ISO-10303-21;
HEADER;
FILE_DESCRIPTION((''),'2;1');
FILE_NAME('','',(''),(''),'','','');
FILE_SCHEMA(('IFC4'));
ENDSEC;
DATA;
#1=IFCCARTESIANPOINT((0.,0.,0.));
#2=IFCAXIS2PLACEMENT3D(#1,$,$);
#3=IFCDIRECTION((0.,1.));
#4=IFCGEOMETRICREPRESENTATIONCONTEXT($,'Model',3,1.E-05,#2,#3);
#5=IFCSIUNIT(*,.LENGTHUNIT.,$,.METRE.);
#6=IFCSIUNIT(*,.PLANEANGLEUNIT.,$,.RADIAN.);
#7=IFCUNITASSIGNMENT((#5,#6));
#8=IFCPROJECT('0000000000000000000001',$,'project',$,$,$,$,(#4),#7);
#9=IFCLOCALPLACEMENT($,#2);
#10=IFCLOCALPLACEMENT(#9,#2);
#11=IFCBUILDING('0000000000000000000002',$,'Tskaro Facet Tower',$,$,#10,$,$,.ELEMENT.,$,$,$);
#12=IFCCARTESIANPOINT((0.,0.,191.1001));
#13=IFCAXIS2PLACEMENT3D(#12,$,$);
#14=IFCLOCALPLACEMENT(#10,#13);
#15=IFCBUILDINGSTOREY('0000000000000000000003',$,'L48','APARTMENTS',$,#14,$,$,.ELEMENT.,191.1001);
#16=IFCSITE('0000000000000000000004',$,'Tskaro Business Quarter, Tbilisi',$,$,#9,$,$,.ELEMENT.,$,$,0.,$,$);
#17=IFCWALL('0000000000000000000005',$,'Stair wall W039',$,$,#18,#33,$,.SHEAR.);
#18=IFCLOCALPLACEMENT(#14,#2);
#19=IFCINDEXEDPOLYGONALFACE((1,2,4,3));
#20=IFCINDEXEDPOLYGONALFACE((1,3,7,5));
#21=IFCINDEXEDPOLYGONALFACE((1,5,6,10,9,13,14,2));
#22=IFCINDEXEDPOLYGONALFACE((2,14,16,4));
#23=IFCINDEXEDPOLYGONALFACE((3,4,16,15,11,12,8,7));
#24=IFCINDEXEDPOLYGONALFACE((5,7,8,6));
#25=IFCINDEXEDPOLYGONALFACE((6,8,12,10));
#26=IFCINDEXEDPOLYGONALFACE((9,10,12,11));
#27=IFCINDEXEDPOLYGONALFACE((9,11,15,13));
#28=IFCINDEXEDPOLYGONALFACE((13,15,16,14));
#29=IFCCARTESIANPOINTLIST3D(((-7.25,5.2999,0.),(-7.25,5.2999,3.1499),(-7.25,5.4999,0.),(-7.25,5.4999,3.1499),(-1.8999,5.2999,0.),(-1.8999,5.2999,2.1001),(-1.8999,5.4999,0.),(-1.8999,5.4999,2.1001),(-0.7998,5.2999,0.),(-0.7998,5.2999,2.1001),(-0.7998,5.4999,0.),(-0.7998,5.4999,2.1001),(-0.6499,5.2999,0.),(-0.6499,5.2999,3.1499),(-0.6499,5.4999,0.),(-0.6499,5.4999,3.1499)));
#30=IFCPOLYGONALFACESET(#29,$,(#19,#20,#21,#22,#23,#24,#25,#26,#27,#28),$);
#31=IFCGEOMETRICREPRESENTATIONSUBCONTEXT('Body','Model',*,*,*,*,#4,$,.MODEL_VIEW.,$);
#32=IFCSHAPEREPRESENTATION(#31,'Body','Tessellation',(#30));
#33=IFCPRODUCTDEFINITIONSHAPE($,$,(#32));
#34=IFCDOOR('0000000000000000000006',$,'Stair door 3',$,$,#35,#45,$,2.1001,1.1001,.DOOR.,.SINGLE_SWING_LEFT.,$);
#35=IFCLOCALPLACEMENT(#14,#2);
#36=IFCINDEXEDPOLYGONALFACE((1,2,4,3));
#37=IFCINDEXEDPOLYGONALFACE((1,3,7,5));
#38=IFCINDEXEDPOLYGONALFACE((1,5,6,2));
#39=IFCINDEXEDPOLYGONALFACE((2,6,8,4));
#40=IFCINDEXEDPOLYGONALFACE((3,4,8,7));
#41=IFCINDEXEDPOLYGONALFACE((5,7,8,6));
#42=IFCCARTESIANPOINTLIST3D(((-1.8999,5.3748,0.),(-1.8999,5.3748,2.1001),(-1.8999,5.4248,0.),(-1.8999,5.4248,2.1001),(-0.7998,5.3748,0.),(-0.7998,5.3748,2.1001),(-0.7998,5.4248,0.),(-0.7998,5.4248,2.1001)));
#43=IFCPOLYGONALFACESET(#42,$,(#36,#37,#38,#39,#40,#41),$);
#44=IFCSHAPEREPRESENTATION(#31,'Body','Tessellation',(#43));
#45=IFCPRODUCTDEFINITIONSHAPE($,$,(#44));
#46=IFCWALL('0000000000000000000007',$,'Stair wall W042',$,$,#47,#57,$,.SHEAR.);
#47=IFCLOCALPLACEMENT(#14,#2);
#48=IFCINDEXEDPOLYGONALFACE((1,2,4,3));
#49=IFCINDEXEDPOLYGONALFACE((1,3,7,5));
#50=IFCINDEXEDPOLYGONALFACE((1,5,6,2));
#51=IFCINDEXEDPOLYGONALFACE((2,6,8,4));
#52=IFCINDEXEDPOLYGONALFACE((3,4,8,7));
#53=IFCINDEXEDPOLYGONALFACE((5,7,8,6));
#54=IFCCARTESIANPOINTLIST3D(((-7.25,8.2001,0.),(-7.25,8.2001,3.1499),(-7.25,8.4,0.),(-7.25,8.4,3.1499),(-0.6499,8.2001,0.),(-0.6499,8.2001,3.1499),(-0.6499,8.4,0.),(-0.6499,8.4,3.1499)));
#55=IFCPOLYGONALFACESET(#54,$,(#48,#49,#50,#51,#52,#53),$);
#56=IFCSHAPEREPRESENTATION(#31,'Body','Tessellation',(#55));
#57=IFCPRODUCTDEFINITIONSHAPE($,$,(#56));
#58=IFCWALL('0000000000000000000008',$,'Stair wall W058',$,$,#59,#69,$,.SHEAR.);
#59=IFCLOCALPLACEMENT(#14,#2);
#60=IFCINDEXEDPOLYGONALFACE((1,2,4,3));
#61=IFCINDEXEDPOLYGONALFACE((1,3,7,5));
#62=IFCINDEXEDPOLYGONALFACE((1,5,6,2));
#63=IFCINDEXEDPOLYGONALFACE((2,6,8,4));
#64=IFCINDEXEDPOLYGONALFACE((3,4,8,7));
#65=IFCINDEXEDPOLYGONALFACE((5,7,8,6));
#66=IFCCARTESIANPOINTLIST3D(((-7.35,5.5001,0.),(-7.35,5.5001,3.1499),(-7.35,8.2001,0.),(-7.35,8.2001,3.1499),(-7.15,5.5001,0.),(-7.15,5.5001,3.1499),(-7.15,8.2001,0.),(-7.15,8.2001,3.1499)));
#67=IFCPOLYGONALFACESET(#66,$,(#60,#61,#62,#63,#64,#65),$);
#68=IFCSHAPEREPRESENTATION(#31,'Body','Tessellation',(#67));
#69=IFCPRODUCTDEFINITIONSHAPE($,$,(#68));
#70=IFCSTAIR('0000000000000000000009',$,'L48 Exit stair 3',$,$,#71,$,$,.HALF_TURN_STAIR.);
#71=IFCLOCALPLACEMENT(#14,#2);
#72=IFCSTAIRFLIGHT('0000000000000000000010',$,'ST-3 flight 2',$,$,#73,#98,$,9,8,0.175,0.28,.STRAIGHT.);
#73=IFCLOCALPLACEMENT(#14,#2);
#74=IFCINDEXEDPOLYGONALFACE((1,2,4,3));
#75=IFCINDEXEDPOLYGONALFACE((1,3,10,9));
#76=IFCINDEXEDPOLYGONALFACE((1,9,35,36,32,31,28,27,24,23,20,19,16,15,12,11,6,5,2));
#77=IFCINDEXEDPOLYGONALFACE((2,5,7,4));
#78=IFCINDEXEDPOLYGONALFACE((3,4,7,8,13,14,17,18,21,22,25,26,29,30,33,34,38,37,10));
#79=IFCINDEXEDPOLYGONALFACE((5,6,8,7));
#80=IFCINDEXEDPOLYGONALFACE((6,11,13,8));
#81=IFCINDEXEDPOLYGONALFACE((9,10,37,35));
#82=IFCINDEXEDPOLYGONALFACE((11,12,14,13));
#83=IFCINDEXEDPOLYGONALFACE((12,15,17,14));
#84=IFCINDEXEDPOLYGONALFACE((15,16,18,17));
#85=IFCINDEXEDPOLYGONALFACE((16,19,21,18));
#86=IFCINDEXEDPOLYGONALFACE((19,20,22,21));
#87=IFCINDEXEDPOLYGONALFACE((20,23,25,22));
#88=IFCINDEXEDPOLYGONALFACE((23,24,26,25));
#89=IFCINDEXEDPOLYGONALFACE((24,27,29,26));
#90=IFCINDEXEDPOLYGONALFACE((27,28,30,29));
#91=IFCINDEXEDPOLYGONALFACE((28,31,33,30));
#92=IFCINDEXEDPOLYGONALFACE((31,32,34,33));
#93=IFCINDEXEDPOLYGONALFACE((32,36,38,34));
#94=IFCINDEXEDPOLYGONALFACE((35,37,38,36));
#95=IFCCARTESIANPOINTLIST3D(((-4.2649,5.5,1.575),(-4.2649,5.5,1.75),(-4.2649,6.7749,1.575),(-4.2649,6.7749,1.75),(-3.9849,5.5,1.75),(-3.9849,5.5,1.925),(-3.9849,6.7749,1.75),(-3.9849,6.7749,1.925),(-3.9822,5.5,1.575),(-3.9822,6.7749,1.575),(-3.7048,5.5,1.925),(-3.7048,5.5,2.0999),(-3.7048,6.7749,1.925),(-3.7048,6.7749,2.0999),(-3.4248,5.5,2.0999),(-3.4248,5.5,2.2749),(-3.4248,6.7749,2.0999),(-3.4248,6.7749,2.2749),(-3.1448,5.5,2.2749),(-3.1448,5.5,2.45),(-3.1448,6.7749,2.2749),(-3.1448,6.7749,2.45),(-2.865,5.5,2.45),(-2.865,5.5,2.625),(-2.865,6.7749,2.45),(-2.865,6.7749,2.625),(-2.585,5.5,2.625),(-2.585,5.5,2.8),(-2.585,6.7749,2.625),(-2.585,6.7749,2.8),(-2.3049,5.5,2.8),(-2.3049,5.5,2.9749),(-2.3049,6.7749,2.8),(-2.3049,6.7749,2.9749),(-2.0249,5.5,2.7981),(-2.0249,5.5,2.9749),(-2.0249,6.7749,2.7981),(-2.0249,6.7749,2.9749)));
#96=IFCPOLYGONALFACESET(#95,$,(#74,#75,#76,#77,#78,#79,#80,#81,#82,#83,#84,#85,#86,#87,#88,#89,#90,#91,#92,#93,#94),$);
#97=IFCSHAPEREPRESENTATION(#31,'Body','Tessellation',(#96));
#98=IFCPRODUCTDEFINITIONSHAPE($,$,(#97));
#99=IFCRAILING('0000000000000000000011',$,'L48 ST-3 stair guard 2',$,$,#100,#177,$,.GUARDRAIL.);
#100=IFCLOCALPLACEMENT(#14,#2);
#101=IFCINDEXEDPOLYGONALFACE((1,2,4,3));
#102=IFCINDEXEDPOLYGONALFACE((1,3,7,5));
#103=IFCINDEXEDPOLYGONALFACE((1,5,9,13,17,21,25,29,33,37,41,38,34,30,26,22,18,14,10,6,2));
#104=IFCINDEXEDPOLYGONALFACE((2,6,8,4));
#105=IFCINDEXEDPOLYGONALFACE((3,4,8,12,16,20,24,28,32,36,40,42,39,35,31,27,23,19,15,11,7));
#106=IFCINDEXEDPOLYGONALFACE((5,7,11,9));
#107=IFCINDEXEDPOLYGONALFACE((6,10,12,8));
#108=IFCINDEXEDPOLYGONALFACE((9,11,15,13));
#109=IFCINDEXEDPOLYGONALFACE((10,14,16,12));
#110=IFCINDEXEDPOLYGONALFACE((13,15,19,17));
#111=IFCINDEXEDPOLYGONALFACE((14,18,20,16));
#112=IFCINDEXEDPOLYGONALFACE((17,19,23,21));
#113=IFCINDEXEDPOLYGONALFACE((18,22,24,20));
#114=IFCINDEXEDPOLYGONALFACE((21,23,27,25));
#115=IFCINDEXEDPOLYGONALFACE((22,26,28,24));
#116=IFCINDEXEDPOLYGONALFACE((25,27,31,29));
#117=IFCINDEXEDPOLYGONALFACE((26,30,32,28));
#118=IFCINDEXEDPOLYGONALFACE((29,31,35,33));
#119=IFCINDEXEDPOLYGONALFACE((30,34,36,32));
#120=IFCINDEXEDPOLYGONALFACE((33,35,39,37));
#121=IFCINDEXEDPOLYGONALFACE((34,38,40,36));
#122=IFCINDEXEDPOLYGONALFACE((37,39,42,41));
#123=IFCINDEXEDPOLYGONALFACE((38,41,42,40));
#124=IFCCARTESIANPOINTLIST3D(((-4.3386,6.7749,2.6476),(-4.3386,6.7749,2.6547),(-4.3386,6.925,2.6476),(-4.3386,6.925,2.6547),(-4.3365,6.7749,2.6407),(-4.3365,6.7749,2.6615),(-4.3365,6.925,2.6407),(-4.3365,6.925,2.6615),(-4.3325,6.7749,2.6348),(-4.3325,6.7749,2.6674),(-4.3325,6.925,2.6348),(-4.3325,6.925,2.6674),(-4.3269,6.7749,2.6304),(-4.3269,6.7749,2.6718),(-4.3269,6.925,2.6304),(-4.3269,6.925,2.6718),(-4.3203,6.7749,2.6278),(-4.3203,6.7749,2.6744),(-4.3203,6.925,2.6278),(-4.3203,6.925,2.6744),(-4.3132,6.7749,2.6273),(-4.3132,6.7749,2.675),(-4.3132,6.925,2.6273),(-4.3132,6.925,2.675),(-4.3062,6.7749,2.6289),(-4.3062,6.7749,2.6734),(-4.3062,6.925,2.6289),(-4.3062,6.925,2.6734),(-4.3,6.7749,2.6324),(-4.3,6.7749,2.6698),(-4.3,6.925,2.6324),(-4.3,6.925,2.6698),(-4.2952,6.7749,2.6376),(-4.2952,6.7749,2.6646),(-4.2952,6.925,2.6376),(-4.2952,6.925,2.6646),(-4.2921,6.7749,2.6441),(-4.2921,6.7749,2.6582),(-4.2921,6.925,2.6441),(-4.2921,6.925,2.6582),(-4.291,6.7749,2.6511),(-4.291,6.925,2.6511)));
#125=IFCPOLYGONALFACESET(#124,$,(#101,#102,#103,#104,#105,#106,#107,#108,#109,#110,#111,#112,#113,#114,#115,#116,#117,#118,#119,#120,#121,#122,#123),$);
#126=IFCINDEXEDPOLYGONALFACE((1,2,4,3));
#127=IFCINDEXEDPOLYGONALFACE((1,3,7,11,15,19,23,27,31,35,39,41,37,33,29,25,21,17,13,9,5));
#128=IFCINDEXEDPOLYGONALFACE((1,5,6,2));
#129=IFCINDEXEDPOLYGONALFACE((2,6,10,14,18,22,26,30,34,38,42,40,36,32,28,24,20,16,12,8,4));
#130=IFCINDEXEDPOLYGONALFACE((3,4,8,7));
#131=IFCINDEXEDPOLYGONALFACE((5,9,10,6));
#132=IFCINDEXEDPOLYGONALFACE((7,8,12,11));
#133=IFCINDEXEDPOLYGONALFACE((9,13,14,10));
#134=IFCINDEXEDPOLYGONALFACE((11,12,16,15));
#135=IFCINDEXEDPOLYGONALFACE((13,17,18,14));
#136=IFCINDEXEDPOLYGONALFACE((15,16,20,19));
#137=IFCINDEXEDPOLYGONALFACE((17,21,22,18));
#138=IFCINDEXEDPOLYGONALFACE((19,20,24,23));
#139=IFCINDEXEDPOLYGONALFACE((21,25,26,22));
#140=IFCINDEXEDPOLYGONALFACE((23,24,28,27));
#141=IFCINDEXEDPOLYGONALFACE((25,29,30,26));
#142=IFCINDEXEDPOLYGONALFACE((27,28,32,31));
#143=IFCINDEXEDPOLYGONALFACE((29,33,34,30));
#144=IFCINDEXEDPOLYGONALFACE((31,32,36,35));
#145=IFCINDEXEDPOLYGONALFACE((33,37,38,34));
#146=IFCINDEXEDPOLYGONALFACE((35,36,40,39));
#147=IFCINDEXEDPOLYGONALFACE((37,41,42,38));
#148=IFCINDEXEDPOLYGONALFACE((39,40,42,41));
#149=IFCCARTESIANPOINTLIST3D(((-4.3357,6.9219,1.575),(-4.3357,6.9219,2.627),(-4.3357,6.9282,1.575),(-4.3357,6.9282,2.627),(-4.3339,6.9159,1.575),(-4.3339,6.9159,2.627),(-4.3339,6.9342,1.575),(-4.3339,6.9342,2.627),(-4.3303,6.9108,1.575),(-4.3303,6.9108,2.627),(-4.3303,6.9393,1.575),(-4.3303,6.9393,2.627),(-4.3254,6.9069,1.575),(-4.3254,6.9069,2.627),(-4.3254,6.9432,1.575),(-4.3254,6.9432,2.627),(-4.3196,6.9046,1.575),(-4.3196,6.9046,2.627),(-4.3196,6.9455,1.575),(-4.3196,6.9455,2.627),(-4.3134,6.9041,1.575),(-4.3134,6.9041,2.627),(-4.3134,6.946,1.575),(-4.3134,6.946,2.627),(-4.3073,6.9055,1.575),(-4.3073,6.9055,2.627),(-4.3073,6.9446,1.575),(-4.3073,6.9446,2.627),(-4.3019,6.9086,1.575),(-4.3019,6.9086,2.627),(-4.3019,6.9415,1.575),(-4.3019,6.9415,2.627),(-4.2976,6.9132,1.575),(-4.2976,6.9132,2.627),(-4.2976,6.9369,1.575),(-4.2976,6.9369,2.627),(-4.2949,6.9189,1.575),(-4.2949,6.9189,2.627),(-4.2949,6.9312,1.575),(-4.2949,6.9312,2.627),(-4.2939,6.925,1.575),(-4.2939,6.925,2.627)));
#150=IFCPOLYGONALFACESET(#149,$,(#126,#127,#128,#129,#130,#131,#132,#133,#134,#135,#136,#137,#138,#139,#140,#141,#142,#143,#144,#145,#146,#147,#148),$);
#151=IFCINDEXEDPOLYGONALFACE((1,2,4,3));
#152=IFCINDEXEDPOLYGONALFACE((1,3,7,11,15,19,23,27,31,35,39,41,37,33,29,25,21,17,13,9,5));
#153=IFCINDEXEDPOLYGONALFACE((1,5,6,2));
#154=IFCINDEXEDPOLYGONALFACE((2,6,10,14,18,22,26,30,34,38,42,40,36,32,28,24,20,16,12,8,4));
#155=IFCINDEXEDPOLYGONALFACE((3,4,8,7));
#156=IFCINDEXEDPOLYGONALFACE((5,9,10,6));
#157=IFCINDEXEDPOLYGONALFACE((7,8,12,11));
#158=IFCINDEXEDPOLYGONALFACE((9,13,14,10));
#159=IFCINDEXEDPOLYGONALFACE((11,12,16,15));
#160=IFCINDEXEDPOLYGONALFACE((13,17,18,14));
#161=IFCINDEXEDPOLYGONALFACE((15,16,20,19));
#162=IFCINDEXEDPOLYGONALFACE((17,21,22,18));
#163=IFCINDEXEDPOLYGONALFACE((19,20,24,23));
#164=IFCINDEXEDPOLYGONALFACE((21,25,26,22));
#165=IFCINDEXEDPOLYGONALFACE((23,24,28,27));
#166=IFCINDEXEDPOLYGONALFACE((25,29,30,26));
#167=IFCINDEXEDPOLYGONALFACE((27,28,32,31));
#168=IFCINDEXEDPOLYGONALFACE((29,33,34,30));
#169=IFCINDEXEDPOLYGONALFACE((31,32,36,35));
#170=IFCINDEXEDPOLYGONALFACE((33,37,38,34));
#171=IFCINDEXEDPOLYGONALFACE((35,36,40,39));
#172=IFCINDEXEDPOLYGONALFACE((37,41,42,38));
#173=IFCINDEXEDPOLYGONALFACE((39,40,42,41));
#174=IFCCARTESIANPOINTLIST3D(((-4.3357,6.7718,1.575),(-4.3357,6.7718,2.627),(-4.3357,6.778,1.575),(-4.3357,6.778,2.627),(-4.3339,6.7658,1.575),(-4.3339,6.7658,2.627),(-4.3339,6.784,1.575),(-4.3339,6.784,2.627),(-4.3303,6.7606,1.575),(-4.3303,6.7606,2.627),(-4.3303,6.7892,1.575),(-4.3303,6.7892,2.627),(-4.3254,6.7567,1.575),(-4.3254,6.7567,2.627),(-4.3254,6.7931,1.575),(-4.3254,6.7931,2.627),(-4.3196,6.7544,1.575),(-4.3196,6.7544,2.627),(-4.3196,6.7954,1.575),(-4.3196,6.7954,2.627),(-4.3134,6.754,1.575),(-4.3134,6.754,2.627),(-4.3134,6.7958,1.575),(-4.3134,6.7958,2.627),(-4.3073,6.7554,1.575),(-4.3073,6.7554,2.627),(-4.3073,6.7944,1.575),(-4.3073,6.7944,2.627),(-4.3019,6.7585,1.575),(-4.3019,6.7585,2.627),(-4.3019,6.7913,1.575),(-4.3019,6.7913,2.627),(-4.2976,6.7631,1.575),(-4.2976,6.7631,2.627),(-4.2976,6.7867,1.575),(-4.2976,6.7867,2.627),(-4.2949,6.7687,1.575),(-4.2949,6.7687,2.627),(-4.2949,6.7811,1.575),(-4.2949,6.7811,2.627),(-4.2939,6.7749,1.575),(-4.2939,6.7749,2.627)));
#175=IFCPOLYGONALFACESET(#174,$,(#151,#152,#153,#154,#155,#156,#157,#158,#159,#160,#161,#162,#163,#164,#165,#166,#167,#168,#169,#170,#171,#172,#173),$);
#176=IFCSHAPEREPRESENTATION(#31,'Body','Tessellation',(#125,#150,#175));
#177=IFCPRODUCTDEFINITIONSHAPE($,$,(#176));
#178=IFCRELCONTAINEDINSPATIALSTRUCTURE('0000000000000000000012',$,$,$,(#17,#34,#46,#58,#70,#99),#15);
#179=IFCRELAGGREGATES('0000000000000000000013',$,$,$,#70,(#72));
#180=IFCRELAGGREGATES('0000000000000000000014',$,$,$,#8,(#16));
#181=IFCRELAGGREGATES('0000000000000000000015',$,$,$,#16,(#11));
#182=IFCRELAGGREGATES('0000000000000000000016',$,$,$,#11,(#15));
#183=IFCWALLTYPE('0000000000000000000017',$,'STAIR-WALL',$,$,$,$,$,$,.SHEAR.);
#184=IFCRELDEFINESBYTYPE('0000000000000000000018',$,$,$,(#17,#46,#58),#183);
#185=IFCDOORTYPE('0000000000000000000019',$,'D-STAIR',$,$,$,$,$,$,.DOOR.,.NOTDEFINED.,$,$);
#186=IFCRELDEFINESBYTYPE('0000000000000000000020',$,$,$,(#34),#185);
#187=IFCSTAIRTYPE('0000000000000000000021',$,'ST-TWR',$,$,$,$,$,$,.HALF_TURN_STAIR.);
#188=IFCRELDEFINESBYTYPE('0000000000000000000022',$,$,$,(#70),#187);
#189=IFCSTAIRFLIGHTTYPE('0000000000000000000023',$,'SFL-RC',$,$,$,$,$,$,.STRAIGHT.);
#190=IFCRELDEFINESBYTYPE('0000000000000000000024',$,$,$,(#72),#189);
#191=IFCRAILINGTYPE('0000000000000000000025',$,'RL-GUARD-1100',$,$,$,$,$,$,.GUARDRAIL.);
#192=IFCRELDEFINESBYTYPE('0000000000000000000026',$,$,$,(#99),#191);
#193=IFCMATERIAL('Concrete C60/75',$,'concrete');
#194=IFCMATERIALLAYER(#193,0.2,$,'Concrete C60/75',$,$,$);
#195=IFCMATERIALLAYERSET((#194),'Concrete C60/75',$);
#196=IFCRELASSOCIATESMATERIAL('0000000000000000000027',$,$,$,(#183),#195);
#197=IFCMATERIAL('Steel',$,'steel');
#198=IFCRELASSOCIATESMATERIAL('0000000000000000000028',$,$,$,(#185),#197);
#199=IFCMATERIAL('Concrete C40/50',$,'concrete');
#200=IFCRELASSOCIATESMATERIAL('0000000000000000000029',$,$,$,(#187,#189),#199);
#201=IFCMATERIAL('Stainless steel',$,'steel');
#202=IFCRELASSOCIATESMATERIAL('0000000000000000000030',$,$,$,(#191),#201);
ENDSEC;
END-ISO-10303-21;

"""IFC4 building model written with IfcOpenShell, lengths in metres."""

from ifc_helpers import new_model, si_unit, direction, frame, frame_2d, origin, origin_2d, place, context, subcontext, project, spatial, polyline, rectangle, circle, outline, extrude, material, layer, layer_set, type_object, element, fill, aggregate, save


model = new_model("IFC4")

# Units and contexts
model_context = context("Model", 3, precision=1e-05, world=origin(), true_north=direction((0.0, 1.0)))
body_context = subcontext(model_context, "Body", "Model", "MODEL_VIEW")
ifc_project = project(units=[si_unit("LENGTHUNIT", "METRE"), si_unit("PLANEANGLEUNIT", "RADIAN")], contexts=[model_context])

# Site, building, storey
site_placement = place(None, origin())
site = spatial("IfcSite", under=ifc_project, at=site_placement, Name="Tskaro Business Quarter, Tbilisi", CompositionType="ELEMENT", RefElevation=0.0)
building_placement = place(site_placement, origin())
building = spatial("IfcBuilding", under=site, at=building_placement, Name="Tskaro Facet Tower", CompositionType="ELEMENT")
storey_placement = place(building_placement, frame((0.0, 0.0, 191.1001)))
storey = spatial("IfcBuildingStorey", under=building, at=storey_placement, Name="L48", Description="APARTMENTS", CompositionType="ELEMENT", Elevation=191.1001)

# Shared definitions
ifc_material_1 = material(Name="Concrete C40/50", Category="concrete")
ifc_material_2 = material(Name="Steel", Category="steel")

# Wall, opening, door
ifc_material_3 = material(Name="Concrete C60/75", Category="concrete")
ifc_layer_1 = layer(ifc_material_3, 0.2, Name="Concrete C60/75")
ifc_layer_set_1 = layer_set([ifc_layer_1], Name="Concrete C60/75")
wall_type_1 = type_object("IfcWallType", Name="STAIR-WALL", PredefinedType="SHEAR", material=ifc_layer_set_1)
wall_1_placement = place(storey_placement, frame((-7.25, 5.3999, 0.0), z_axis=(0.0, 0.0, 1.0), x_axis=(1.0, 0.0, 0.0)))
wall_1 = element("IfcWall", 1, at=wall_1_placement, inside=storey, type_object=wall_type_1, Name="Stair wall W039", PredefinedType="SHEAR", context=body_context, shape_type="SweptSolid", body=[
    extrude(rectangle(XDim=6.6001, YDim=0.2, at=frame_2d((3.3, 0.0))), origin(), (0.0, 0.0, 1.0), 3.1499),
])
opening_1_placement = place(wall_1_placement, frame((5.3501, 0.0, 0.0)))
opening_1 = element("IfcOpeningElement", 2, at=opening_1_placement, cuts=wall_1, PredefinedType="OPENING", context=body_context, shape_type="SweptSolid", body=[
    extrude(rectangle(XDim=1.1001, YDim=2.1001, at=frame_2d((0.55, 1.05))), frame((0.0, 0.1099, 0.0), z_axis=(0.0, -1.0, 0.0), x_axis=(1.0, 0.0, 0.0)), (0.0, 0.0, 1.0), 0.22),
])
door_type_1 = type_object("IfcDoorType", Name="D-STAIR", OperationType="NOTDEFINED", PredefinedType="DOOR", material=ifc_material_2)
door_1_placement = place(opening_1_placement, origin())
door_1 = element("IfcDoor", 3, at=door_1_placement, inside=storey, type_object=door_type_1, Name="Stair door 3", OperationType="SINGLE_SWING_LEFT", OverallHeight=2.1001, OverallWidth=1.1001, PredefinedType="DOOR", context=body_context, shape_type="SweptSolid", body=[
    extrude(rectangle(XDim=1.1001, YDim=2.1001, at=frame_2d((0.55, 1.05))), frame((0.0, 0.0249, 0.0), z_axis=(0.0, -1.0, 0.0), x_axis=(1.0, 0.0, 0.0)), (0.0, 0.0, 1.0), 0.05),
])
fill(opening_1, door_1)

# Walls
wall_2_placement = place(storey_placement, frame((-7.25, 8.3, 0.0), z_axis=(0.0, 0.0, 1.0), x_axis=(1.0, 0.0, 0.0)))
element("IfcWall", 4, at=wall_2_placement, inside=storey, type_object=wall_type_1, Name="Stair wall W042", PredefinedType="SHEAR", context=body_context, shape_type="SweptSolid", body=[
    extrude(rectangle(XDim=6.6001, YDim=0.2, at=frame_2d((3.3, 0.0))), origin(), (0.0, 0.0, 1.0), 3.1499),
])
wall_3_placement = place(storey_placement, frame((-7.25, 5.5, 0.0), z_axis=(0.0, 0.0, 1.0), x_axis=(0.0, 1.0, 0.0)))
element("IfcWall", 5, at=wall_3_placement, inside=storey, type_object=wall_type_1, Name="Stair wall W058", PredefinedType="SHEAR", context=body_context, shape_type="SweptSolid", body=[
    extrude(rectangle(XDim=2.7, YDim=0.2, at=frame_2d((1.3501, 0.0))), origin(), (0.0, 0.0, 1.0), 3.1499),
])

# Stair, stair flight
stair_type = type_object("IfcStairType", Name="ST-TWR", PredefinedType="HALF_TURN_STAIR", material=ifc_material_1)
stair_placement = place(storey_placement, origin())
stair = element("IfcStair", 6, at=stair_placement, inside=storey, type_object=stair_type, Name="L48 Exit stair 3", PredefinedType="HALF_TURN_STAIR")
stair_flight_type = type_object("IfcStairFlightType", Name="SFL-RC", PredefinedType="STRAIGHT", material=ifc_material_1)
stair_flight_placement = place(storey_placement, frame((-4.2649, 6.1375, 1.575), z_axis=(0.0, 0.0, 1.0), x_axis=(1.0, 0.0, 0.0)))
stair_flight = element("IfcStairFlight", 7, at=stair_flight_placement, type_object=stair_flight_type, Name="ST-3 flight 2", NumberOfRisers=9, NumberOfTreads=8, PredefinedType="STRAIGHT", RiserHeight=0.175, TreadLength=0.28, context=body_context, shape_type="SweptSolid", body=[
    extrude(outline(polyline([(0.0, 0.0), (0.0, 0.175), (0.28, 0.175), (0.28, 0.3501), (0.5601, 0.3501), (0.5601, 0.5249), (0.8401, 0.5249), (0.8401, 0.7), (1.1201, 0.7), (1.1201, 0.875), (1.3999, 0.875), (1.3999, 1.05), (1.6799, 1.05), (1.6799, 1.2251), (1.96, 1.2251), (1.96, 1.3999), (2.24, 1.3999), (2.24, 1.575), (2.24, 1.2231), (0.2827, 0.0), (0.0, 0.0)])), frame((0.0, 0.6375, 0.0), z_axis=(0.0, -1.0, 0.0), x_axis=(1.0, 0.0, 0.0)), (0.0, 0.0, 1.0), 1.2749),
])
aggregate(stair, [stair_flight])

# Railing
ifc_material_4 = material(Name="Stainless steel", Category="steel")
railing_type_1 = type_object("IfcRailingType", Name="RL-GUARD-1100", PredefinedType="GUARDRAIL", material=ifc_material_4)
railing_1_placement = place(storey_placement, frame((-4.3149, 6.925, 1.575)))
element("IfcRailing", 8, at=railing_1_placement, inside=storey, type_object=railing_type_1, Name="L48 ST-3 stair guard 2", PredefinedType="GUARDRAIL", context=body_context, shape_type="SweptSolid", body=[
    extrude(circle(Radius=0.0239, at=origin_2d()), frame((0.0, 0.0, 1.0762), z_axis=(0.0, -1.0, 0.0), x_axis=(1.0, 0.0, 0.0)), (0.0, 0.0, 1.0), 0.1501),
    extrude(circle(Radius=0.021, at=origin_2d()), origin(), (0.0, 0.0, 1.0), 1.052),
    extrude(circle(Radius=0.021, at=origin_2d()), frame((0.0, -0.1501, 0.0)), (0.0, 0.0, 1.0), 1.052),
])

save(model, "model.ifc")
